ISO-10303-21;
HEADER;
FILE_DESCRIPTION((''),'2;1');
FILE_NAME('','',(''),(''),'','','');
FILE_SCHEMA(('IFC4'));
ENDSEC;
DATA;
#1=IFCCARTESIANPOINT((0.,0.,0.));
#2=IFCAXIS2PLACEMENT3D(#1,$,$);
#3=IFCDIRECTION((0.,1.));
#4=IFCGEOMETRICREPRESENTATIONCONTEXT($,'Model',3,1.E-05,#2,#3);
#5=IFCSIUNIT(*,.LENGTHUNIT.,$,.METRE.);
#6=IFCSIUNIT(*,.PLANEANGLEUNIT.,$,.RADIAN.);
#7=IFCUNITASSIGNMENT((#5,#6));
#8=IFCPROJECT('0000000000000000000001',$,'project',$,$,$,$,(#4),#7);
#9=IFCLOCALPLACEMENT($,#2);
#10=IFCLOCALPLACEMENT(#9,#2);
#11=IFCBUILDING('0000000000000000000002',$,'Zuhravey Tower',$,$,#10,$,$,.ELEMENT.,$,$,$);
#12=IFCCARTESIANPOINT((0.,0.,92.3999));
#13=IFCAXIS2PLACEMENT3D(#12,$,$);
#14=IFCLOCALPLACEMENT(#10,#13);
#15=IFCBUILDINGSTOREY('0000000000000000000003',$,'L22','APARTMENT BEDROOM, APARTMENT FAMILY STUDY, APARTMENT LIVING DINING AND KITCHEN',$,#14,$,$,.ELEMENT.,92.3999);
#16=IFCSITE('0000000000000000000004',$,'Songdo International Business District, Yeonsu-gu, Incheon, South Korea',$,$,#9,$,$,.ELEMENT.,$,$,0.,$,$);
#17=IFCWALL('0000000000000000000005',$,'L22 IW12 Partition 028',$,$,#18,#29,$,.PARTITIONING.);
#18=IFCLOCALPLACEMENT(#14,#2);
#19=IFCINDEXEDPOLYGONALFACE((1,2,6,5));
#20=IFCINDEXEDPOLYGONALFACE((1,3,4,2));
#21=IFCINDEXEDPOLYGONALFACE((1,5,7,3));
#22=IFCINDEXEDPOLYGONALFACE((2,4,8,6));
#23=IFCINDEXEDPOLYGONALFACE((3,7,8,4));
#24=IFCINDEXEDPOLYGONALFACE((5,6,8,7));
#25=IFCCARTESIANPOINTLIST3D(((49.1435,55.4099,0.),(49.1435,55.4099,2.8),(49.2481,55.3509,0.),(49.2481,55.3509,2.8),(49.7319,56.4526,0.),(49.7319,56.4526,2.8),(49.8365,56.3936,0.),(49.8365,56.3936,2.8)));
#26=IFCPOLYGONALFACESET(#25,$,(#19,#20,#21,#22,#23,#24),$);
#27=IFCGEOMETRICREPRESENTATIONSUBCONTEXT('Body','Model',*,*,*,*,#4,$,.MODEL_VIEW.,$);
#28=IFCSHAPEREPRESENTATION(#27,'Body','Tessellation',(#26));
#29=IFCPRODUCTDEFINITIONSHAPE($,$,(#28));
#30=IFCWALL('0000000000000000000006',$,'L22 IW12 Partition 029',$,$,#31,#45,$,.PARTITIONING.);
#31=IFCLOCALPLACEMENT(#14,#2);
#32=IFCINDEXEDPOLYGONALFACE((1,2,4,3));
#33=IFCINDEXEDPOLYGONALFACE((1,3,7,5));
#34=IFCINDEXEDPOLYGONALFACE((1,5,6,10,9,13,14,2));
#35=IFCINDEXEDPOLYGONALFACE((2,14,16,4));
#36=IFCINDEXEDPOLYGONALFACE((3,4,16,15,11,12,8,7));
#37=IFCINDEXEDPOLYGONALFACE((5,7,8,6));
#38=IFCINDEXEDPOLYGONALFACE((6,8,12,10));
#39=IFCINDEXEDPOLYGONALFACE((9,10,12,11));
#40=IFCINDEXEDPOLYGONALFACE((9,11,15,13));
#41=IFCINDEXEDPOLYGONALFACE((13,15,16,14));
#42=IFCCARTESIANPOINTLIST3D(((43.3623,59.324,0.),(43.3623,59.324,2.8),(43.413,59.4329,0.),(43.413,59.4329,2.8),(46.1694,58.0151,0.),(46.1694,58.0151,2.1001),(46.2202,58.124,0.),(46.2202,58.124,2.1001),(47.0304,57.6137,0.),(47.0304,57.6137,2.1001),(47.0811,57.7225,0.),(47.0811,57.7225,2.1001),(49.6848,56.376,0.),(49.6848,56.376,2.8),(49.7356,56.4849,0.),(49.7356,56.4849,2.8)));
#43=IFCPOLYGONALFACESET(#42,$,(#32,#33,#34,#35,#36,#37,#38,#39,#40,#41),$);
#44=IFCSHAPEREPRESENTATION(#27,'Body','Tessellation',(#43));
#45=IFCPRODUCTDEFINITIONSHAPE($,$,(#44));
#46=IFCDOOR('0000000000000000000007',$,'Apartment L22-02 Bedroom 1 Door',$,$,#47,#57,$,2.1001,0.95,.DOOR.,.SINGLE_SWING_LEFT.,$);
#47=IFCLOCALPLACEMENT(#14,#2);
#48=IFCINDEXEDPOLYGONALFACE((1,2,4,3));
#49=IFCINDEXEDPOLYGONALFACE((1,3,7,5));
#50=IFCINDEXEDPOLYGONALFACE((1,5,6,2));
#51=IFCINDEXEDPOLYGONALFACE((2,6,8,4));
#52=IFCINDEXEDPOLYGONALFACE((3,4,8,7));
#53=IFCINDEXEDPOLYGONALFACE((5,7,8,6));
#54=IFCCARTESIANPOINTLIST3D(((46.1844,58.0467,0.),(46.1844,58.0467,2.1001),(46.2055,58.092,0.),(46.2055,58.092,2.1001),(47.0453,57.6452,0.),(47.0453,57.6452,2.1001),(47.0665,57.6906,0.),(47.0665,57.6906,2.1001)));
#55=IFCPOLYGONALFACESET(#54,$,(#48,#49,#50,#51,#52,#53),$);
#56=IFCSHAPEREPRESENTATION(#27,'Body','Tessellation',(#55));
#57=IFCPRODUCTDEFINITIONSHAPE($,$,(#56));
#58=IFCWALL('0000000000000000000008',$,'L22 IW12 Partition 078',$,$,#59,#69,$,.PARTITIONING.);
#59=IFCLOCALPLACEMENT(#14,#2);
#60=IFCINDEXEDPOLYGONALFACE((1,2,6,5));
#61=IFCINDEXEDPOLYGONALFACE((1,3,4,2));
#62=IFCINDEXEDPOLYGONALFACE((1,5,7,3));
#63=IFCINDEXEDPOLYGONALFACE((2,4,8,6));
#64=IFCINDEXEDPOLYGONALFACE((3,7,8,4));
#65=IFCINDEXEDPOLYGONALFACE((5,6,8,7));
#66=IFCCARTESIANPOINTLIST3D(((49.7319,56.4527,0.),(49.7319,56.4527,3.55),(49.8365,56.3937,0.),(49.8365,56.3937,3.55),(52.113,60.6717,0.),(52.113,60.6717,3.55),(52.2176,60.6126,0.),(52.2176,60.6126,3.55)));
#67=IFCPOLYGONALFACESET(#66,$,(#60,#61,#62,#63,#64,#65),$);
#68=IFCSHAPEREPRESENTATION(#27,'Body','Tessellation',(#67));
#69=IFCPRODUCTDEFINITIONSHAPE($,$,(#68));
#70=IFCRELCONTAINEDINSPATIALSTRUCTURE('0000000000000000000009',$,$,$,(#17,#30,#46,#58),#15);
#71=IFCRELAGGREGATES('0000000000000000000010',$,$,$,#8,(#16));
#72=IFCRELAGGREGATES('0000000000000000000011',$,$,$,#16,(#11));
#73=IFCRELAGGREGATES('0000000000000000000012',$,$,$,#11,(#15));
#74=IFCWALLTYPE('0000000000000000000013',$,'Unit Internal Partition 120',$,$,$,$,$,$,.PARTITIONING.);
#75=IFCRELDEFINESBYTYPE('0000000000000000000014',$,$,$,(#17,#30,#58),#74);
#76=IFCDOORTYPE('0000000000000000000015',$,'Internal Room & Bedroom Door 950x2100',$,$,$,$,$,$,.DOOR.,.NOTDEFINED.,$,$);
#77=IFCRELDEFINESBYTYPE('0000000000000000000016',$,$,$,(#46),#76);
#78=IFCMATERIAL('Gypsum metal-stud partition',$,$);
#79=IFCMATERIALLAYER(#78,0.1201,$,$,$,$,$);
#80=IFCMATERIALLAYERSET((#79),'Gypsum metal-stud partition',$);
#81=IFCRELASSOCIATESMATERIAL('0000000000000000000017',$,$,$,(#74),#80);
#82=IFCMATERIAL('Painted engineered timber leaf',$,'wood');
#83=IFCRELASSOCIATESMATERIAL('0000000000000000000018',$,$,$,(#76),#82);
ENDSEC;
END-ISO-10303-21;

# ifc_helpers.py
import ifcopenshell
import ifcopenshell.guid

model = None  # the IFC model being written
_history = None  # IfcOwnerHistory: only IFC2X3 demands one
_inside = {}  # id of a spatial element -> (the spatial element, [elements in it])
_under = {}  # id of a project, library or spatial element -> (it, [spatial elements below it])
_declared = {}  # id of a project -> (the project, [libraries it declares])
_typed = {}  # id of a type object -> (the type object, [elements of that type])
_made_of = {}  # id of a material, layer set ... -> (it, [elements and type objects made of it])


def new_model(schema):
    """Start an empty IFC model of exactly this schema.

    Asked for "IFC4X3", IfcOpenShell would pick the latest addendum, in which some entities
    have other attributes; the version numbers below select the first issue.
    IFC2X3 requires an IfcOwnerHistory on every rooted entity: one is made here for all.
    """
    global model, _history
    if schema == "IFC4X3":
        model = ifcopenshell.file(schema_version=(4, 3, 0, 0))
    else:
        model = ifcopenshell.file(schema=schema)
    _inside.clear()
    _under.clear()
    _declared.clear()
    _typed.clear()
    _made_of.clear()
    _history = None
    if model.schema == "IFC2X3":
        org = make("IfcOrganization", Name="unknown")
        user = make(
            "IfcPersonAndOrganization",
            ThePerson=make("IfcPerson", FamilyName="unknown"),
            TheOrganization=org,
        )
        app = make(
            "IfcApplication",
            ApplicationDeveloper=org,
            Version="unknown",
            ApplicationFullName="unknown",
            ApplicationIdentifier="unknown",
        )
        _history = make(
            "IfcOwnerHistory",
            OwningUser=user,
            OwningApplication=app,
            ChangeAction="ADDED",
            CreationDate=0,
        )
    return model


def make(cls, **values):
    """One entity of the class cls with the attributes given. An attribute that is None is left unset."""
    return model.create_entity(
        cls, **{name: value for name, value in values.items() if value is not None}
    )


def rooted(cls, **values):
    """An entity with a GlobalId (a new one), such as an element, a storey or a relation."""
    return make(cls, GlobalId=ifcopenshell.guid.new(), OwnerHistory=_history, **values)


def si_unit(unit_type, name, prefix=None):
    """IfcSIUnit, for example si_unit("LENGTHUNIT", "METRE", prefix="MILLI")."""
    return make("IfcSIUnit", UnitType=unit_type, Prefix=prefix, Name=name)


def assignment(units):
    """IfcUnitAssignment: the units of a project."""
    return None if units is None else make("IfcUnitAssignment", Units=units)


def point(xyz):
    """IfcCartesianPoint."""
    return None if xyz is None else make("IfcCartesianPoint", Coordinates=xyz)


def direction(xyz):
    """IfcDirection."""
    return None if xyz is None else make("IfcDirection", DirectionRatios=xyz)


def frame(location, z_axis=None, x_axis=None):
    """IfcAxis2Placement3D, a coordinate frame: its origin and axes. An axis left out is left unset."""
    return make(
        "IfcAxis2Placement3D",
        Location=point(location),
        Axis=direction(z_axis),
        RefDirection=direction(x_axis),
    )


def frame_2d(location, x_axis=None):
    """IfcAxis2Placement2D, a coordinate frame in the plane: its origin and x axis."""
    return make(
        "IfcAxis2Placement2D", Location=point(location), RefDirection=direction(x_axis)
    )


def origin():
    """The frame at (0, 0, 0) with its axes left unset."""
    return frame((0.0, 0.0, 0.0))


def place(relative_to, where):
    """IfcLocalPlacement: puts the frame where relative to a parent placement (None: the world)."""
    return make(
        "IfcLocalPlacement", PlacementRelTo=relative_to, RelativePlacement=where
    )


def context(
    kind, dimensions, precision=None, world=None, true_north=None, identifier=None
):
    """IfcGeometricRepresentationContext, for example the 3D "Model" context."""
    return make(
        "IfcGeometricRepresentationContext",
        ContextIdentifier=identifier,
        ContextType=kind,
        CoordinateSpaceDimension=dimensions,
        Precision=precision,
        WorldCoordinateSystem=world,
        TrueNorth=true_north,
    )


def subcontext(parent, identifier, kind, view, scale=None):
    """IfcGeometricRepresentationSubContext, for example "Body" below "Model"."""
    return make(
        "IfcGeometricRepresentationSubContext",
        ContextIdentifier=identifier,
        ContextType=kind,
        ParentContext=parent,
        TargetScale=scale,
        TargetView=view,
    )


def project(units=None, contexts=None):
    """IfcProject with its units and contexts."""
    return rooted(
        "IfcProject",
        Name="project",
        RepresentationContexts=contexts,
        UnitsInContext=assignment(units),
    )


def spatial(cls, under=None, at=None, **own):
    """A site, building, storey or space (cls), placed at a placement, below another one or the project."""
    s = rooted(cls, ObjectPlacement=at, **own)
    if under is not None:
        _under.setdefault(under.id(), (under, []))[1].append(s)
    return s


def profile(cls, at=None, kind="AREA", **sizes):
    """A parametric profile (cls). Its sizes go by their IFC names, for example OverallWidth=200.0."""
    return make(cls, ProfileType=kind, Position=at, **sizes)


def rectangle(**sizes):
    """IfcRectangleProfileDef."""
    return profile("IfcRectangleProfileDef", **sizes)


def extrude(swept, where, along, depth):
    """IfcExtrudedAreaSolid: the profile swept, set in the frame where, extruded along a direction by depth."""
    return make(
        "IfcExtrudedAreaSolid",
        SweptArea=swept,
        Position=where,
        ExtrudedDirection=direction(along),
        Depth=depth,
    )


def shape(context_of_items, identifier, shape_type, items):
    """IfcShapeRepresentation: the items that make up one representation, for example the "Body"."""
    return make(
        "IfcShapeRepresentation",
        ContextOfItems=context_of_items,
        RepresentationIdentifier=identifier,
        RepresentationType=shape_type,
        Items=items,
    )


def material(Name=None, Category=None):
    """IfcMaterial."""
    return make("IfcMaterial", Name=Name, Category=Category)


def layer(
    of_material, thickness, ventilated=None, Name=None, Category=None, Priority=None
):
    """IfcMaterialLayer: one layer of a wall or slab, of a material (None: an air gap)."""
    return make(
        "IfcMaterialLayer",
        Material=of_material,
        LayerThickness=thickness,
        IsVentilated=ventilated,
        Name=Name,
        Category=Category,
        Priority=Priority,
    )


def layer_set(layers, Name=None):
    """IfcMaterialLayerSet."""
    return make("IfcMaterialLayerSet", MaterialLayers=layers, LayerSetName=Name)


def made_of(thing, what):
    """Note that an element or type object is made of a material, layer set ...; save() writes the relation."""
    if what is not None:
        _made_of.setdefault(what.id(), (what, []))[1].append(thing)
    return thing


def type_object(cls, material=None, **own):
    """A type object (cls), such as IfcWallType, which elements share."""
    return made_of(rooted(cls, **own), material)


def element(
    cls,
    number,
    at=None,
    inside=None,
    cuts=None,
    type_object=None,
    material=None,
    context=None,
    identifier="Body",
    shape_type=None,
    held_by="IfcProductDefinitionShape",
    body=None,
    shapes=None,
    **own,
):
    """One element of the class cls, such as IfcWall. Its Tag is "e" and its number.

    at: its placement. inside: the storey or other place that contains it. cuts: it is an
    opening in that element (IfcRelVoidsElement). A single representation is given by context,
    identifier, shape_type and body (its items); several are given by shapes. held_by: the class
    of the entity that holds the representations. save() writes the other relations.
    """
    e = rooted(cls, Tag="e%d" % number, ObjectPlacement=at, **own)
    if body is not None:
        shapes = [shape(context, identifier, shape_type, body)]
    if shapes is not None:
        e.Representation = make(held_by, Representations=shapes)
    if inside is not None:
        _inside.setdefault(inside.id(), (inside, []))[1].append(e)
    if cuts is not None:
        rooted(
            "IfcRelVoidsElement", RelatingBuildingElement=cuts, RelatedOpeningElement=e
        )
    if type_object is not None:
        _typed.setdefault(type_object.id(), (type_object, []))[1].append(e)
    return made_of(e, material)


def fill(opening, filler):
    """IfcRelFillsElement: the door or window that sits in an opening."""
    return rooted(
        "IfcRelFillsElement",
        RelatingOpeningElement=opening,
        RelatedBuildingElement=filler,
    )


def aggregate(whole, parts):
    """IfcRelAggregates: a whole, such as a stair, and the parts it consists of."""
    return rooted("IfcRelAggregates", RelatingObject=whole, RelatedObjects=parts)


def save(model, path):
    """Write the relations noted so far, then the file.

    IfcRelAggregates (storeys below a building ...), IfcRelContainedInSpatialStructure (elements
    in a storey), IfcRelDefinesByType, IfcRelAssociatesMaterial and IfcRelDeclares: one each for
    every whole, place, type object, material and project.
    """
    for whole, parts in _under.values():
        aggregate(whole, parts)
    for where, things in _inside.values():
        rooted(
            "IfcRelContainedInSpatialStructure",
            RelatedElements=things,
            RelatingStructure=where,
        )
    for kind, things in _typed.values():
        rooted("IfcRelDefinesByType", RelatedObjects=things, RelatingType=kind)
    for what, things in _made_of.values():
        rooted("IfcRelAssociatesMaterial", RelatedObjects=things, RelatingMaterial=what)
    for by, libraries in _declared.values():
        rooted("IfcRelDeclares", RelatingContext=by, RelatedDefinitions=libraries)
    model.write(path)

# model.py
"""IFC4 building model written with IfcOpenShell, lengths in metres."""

from ifc_helpers import new_model, si_unit, direction, frame, frame_2d, origin, place, context, subcontext, project, spatial, rectangle, extrude, material, layer, layer_set, type_object, element, fill, save


model = new_model("IFC4")

# Units and contexts
model_context = context("Model", 3, precision=1e-05, world=origin(), true_north=direction((0.0, 1.0)))
body_context = subcontext(model_context, "Body", "Model", "MODEL_VIEW")
ifc_project = project(units=[si_unit("LENGTHUNIT", "METRE"), si_unit("PLANEANGLEUNIT", "RADIAN")], contexts=[model_context])

# Site, building, storey
site_placement = place(None, origin())
site = spatial("IfcSite", under=ifc_project, at=site_placement, Name="Songdo International Business District, Yeonsu-gu, Incheon, South Korea", CompositionType="ELEMENT", RefElevation=0.0)
building_placement = place(site_placement, origin())
building = spatial("IfcBuilding", under=site, at=building_placement, Name="Zuhravey Tower", CompositionType="ELEMENT")
storey_placement = place(building_placement, frame((0.0, 0.0, 92.3999)))
storey = spatial("IfcBuildingStorey", under=building, at=storey_placement, Name="L22", Description="APARTMENT BEDROOM, APARTMENT FAMILY STUDY, APARTMENT LIVING DINING AND KITCHEN", CompositionType="ELEMENT", Elevation=92.3999)

# Shared definitions
ifc_material_1 = material(Name="Gypsum metal-stud partition")
ifc_layer_1 = layer(ifc_material_1, 0.1201)
ifc_layer_set_1 = layer_set([ifc_layer_1], Name="Gypsum metal-stud partition")
wall_type_1 = type_object("IfcWallType", Name="Unit Internal Partition 120", PredefinedType="PARTITIONING", material=ifc_layer_set_1)
ifc_material_2 = material(Name="Painted engineered timber leaf", Category="wood")
door_type = type_object("IfcDoorType", Name="Internal Room & Bedroom Door 950x2100", OperationType="NOTDEFINED", PredefinedType="DOOR", material=ifc_material_2)

# Wall
wall_1_placement = place(storey_placement, frame((49.1958, 55.3804, 0.0), z_axis=(0.0, 0.0, 1.0), x_axis=(0.491432, 0.870916, 0.0)))
element("IfcWall", 1, at=wall_1_placement, inside=storey, type_object=wall_type_1, Name="L22 IW12 Partition 028", PredefinedType="PARTITIONING", context=body_context, shape_type="SweptSolid", body=[
    extrude(rectangle(XDim=1.1973, YDim=0.1201, at=frame_2d((0.5986, 0.0))), origin(), (0.0, 0.0, 1.0), 2.8),
])

# Wall, opening, door
wall_2_placement = place(storey_placement, frame((49.7102, 56.4304, 0.0), z_axis=(0.0, 0.0, 1.0), x_axis=(-0.906321, 0.42259, 0.0)))
wall_2 = element("IfcWall", 2, at=wall_2_placement, inside=storey, type_object=wall_type_1, Name="L22 IW12 Partition 029", PredefinedType="PARTITIONING", context=body_context, shape_type="SweptSolid", body=[
    extrude(rectangle(XDim=6.9761, YDim=0.1201, at=frame_2d((3.488, 0.0))), origin(), (0.0, 0.0, 1.0), 2.8),
])
opening_1_placement = place(wall_2_placement, frame((2.9287, 0.0, 0.0)))
opening_1 = element("IfcOpeningElement", 3, at=opening_1_placement, cuts=wall_2, PredefinedType="OPENING", context=body_context, shape_type="SweptSolid", body=[
    extrude(rectangle(XDim=0.95, YDim=2.1001, at=frame_2d((0.4751, 1.05))), frame((0.0, 0.072, 0.0), z_axis=(0.0, -1.0, 0.0), x_axis=(1.0, 0.0, 0.0)), (0.0, 0.0, 1.0), 0.144),
])
door_1_placement = place(opening_1_placement, frame((0.95, 0.0, 0.0), z_axis=(0.0, 0.0, 1.0), x_axis=(-1.0, 0.0, 0.0)))
door_1 = element("IfcDoor", 4, at=door_1_placement, inside=storey, type_object=door_type, Name="Apartment L22-02 Bedroom 1 Door", OperationType="SINGLE_SWING_LEFT", OverallHeight=2.1001, OverallWidth=0.95, PredefinedType="DOOR", context=body_context, shape_type="SweptSolid", body=[
    extrude(rectangle(XDim=0.95, YDim=2.1001, at=frame_2d((0.4751, 1.05))), frame((0.0, 0.0249, 0.0), z_axis=(0.0, -1.0, 0.0), x_axis=(1.0, 0.0, 0.0)), (0.0, 0.0, 1.0), 0.05),
])
fill(opening_1, door_1)

# Wall
wall_3_placement = place(storey_placement, frame((49.7842, 56.4231, 0.0), z_axis=(0.0, 0.0, 1.0), x_axis=(0.491503, 0.870876, 0.0)))
element("IfcWall", 5, at=wall_3_placement, inside=storey, type_object=wall_type_1, Name="L22 IW12 Partition 078", PredefinedType="PARTITIONING", context=body_context, shape_type="SweptSolid", body=[
    extrude(rectangle(XDim=4.8445, YDim=0.1201, at=frame_2d((2.4224, 0.0))), origin(), (0.0, 0.0, 1.0), 3.55),
])

save(model, "model.ifc")
